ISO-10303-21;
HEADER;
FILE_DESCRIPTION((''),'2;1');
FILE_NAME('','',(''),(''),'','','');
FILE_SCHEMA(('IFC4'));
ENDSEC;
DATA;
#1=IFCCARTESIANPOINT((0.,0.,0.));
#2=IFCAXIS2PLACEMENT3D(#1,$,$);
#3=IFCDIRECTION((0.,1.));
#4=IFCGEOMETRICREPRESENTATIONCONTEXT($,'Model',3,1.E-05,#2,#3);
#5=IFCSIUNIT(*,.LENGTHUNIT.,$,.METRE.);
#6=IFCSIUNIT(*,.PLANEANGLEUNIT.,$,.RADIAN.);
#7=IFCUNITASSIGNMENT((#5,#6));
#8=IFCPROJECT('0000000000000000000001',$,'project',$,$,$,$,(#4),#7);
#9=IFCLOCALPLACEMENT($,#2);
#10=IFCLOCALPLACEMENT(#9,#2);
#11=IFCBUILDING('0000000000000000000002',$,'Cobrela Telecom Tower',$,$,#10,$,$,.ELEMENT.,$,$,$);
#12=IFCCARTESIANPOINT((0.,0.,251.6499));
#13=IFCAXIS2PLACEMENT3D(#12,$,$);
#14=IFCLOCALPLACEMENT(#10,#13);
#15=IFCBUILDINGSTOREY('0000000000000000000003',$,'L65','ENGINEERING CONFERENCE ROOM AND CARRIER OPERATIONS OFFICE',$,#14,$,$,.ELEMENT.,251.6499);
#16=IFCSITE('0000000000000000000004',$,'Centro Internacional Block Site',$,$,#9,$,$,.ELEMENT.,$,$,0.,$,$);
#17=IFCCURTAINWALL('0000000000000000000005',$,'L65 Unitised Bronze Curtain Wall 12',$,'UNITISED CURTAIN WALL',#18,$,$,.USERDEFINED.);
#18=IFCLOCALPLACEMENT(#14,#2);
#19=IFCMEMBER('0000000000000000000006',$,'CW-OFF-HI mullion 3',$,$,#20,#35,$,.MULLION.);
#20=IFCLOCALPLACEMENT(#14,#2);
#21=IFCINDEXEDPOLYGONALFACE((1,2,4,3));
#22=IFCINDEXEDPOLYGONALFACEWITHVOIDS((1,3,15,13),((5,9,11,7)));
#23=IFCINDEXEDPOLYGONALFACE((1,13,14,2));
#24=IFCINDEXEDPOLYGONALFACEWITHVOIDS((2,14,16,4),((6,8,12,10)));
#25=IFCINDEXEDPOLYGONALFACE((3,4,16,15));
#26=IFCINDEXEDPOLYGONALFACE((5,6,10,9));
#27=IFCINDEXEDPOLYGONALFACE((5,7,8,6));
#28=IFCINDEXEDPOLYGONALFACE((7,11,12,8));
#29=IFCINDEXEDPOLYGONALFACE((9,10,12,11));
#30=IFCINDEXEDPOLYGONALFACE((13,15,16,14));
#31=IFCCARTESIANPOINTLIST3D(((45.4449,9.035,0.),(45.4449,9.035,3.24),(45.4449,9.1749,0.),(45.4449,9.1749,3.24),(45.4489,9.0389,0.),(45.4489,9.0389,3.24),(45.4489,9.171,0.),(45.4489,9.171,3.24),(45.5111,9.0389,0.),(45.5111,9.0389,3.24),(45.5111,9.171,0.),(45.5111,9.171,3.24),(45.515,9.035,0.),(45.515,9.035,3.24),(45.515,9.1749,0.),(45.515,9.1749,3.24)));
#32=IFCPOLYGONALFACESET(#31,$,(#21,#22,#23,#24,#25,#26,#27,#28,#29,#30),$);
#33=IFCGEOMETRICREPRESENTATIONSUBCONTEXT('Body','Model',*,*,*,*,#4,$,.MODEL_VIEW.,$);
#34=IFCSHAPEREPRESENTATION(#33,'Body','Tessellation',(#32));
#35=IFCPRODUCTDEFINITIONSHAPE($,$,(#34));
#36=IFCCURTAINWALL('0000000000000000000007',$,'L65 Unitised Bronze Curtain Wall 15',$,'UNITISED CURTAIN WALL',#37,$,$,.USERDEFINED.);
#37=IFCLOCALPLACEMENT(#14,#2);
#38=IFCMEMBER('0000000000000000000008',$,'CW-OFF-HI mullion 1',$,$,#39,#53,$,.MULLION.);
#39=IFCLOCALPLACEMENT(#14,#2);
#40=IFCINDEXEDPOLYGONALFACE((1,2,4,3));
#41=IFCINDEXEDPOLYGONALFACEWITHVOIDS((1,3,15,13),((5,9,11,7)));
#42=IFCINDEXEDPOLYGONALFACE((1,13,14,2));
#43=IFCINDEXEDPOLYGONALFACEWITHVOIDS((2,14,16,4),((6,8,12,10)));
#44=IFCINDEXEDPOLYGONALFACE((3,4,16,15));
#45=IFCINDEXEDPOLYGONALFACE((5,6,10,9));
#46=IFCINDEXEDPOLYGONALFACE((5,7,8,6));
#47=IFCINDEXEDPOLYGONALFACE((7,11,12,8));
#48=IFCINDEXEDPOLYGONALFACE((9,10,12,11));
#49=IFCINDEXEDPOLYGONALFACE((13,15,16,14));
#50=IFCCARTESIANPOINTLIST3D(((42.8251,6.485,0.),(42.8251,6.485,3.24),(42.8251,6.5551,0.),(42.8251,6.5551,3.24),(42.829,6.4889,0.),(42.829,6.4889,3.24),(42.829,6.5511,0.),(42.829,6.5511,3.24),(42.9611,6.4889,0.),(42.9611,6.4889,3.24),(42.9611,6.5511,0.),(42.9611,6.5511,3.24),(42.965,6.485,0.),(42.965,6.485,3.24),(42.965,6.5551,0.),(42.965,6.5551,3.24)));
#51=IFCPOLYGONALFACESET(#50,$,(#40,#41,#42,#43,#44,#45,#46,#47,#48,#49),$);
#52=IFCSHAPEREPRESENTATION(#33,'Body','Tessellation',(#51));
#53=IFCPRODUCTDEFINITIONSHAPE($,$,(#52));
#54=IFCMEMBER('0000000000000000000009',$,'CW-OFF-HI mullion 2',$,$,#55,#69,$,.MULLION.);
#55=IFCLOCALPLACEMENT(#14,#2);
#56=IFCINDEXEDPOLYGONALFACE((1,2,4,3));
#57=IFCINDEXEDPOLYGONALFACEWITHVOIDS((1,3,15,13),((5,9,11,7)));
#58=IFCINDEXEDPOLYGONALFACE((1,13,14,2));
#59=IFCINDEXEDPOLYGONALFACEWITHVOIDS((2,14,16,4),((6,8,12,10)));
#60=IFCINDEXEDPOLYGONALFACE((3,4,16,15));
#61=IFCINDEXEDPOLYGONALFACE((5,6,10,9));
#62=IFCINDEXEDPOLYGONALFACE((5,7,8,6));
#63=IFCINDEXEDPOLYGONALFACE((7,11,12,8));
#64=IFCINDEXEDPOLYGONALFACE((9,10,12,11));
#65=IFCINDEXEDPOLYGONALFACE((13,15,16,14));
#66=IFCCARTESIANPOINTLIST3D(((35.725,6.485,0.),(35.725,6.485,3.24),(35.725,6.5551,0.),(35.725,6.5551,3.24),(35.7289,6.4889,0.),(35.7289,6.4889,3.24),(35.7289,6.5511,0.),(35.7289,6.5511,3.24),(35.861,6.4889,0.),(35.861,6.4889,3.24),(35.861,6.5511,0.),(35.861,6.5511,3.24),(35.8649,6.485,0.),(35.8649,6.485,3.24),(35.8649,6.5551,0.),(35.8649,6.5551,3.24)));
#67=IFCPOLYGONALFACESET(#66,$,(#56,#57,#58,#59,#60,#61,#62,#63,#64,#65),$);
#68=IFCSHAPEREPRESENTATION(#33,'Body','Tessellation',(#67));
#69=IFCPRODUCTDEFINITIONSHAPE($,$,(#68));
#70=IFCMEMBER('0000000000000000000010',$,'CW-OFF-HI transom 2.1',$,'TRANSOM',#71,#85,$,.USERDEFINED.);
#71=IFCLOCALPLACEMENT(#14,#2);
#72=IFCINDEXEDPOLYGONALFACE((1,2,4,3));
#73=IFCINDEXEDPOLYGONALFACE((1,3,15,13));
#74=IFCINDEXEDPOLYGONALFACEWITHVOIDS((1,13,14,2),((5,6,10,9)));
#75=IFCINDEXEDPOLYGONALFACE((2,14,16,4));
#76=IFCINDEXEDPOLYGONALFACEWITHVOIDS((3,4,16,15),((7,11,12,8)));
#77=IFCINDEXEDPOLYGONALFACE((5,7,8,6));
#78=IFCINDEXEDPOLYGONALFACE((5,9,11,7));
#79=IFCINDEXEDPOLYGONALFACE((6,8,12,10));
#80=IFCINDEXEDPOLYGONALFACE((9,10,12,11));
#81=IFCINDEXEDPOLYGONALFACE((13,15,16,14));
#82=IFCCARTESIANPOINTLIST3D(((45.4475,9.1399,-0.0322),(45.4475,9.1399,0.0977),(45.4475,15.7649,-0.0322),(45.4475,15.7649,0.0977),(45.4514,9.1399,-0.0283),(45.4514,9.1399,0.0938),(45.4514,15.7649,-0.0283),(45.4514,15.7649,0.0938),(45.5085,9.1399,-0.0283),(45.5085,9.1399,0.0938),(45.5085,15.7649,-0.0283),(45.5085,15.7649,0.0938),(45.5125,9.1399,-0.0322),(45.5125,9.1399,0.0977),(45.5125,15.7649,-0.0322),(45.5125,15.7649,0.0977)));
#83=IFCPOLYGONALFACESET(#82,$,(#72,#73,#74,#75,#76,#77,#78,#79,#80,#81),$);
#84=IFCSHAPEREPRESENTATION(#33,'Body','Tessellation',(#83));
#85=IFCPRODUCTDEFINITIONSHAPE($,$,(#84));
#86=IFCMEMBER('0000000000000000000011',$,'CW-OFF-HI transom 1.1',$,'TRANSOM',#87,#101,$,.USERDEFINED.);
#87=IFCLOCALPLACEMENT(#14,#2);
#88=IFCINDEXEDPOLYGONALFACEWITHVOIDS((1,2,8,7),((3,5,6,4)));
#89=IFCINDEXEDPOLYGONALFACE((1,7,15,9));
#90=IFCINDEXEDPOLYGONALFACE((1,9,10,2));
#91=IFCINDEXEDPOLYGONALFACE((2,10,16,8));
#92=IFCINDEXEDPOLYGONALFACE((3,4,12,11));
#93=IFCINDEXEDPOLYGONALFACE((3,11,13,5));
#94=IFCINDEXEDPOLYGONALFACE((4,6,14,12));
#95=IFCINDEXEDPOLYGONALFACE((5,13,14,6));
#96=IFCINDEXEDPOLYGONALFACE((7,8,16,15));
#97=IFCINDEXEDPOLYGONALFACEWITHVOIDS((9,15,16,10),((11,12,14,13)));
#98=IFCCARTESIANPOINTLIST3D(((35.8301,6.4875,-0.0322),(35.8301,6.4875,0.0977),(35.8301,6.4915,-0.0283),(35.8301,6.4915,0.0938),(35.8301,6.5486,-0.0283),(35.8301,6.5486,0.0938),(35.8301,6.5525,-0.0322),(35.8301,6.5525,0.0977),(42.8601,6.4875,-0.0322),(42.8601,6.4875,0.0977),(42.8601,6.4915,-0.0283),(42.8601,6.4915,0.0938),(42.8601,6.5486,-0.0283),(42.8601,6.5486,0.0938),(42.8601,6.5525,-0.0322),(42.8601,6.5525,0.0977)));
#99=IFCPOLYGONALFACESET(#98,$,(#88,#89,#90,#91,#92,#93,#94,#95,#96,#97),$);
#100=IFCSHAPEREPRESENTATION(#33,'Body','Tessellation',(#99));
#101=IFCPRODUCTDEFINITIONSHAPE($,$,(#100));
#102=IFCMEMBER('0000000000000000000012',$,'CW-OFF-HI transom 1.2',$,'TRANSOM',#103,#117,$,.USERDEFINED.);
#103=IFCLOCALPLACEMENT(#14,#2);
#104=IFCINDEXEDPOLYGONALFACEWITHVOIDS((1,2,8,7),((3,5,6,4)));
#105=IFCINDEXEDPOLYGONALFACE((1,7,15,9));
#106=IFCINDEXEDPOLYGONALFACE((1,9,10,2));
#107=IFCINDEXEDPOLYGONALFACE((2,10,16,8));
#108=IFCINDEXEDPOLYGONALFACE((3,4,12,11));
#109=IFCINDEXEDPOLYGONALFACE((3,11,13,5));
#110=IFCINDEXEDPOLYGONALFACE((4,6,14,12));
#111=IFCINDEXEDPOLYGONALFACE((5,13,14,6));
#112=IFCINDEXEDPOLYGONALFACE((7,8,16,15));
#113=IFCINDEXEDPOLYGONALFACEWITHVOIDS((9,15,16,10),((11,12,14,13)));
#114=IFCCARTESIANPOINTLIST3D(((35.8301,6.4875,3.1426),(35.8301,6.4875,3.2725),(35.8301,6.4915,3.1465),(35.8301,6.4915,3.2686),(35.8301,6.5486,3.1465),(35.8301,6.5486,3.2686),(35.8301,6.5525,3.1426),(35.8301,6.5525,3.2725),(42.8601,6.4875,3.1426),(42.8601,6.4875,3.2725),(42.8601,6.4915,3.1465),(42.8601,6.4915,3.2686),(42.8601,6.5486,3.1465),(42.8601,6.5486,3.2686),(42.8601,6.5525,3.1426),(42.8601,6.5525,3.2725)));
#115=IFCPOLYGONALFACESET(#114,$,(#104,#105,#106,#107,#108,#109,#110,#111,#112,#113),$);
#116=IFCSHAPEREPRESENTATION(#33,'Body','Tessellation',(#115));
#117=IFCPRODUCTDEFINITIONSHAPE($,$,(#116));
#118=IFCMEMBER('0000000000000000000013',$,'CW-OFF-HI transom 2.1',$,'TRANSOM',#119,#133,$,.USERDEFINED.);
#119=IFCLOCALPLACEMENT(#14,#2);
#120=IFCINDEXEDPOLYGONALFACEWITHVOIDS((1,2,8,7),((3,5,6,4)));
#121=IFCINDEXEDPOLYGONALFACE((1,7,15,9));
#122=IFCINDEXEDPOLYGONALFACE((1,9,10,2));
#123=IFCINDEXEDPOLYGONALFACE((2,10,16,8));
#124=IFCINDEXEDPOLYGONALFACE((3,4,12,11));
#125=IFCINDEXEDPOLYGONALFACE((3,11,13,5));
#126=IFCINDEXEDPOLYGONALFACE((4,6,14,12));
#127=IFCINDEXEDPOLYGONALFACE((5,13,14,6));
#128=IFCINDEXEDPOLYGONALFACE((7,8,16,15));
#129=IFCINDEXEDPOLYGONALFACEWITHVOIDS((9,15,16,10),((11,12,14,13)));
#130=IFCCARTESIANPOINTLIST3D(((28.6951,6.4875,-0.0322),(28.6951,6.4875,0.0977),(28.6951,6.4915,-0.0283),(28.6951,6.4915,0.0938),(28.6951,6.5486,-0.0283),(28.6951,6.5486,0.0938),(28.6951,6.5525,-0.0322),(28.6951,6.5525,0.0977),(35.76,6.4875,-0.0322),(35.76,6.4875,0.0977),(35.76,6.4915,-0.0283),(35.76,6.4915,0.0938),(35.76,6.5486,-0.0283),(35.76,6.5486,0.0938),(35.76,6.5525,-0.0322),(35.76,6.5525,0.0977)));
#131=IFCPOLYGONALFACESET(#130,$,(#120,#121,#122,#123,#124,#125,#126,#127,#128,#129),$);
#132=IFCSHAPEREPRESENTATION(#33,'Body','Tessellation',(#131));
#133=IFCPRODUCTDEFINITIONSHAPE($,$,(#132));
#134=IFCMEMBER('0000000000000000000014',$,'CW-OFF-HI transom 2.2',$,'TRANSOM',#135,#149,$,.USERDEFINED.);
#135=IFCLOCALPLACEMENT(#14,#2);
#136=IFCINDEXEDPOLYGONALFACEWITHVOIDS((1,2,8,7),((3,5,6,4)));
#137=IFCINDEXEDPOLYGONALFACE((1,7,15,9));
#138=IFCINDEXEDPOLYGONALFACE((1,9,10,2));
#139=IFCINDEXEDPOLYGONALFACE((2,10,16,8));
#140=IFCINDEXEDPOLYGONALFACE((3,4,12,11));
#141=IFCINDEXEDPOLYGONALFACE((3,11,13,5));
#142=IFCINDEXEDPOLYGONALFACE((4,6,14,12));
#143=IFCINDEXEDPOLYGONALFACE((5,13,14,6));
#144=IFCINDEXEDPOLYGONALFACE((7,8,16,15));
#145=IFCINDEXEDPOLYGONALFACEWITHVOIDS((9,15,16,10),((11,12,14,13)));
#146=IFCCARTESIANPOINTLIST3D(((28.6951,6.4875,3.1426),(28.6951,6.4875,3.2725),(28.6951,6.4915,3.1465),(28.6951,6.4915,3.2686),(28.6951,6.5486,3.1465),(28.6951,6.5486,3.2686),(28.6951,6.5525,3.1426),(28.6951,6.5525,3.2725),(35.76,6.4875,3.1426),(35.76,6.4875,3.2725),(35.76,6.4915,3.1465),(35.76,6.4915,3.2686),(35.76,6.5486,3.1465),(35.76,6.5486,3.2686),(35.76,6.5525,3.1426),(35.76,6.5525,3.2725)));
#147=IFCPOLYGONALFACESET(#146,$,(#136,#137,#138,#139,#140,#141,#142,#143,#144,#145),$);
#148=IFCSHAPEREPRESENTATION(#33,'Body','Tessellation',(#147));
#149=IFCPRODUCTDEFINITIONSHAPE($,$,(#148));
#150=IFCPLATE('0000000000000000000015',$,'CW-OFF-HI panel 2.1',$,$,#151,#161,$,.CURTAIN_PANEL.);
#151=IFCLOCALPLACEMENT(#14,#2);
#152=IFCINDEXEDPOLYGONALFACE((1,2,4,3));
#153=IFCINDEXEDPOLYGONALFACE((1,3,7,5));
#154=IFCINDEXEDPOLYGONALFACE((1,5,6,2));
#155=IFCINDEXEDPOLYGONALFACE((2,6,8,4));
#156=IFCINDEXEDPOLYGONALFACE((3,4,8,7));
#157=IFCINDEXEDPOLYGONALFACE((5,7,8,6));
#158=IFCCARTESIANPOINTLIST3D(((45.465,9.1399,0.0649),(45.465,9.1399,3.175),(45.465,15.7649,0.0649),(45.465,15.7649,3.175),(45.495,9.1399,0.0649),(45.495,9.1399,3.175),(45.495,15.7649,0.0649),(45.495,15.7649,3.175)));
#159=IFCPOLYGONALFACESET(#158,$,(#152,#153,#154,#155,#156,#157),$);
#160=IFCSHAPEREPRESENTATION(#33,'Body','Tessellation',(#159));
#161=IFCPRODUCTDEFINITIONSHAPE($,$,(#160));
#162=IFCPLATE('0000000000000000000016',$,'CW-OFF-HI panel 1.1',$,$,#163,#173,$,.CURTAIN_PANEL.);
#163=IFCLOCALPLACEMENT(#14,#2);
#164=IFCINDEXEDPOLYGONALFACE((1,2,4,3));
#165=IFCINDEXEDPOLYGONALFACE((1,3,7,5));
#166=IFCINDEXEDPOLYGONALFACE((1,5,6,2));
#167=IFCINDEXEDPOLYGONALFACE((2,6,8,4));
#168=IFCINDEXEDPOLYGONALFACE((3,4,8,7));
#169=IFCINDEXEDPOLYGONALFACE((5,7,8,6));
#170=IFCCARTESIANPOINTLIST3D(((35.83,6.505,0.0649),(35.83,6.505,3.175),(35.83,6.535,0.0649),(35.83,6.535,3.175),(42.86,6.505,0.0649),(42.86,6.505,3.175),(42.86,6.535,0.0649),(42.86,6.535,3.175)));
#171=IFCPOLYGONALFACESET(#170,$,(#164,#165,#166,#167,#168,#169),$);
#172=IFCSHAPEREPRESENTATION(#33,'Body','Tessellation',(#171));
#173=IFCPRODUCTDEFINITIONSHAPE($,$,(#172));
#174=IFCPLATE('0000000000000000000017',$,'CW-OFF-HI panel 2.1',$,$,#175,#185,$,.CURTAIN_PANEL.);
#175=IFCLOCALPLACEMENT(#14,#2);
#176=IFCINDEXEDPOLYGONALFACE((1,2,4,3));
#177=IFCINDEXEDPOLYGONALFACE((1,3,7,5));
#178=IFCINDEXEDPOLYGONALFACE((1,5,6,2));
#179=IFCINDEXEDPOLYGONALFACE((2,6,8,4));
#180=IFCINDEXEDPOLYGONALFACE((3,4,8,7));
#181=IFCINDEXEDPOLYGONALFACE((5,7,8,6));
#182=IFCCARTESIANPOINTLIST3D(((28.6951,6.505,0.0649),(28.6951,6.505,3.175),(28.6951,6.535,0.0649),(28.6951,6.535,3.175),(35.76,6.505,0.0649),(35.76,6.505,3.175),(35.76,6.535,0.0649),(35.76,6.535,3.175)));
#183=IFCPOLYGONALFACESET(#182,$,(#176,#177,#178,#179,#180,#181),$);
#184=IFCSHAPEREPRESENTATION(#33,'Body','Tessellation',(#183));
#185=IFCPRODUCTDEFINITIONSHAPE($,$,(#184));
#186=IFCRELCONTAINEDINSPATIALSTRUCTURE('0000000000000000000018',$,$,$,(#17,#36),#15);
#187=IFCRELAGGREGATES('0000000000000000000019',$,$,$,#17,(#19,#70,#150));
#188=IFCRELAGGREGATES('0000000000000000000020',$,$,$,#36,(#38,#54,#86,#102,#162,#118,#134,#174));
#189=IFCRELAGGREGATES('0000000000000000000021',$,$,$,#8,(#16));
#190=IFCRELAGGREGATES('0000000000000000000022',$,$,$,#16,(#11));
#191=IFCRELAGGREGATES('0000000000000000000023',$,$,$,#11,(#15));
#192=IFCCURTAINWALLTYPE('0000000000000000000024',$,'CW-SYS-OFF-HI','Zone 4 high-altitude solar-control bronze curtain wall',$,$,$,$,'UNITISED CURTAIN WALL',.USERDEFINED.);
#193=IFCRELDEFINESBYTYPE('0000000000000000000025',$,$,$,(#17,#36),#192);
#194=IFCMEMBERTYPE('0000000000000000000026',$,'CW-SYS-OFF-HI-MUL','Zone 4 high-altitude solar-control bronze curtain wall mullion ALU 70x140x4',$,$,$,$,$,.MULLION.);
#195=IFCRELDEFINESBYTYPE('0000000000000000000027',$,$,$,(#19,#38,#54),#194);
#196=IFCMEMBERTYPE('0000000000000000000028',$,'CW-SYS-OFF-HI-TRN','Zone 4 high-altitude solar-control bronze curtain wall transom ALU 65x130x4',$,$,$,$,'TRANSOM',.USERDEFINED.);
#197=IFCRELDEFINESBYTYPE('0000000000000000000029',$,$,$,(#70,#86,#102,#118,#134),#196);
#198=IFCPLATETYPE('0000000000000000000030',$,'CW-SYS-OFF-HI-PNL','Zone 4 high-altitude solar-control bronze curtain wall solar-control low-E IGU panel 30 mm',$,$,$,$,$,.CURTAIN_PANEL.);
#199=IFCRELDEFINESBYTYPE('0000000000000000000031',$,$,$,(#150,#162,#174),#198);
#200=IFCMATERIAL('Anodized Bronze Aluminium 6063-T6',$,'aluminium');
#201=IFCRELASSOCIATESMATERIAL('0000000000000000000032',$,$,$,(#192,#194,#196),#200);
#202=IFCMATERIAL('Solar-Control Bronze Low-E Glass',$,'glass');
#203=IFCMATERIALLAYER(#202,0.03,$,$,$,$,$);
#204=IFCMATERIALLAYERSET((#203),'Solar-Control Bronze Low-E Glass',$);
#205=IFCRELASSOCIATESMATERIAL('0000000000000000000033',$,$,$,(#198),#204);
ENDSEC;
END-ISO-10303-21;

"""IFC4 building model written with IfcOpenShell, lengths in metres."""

from ifc_helpers import new_model, si_unit, direction, frame, origin, origin_2d, place, context, subcontext, project, spatial, rectangle, hollow_rectangle, extrude, material, layer, layer_set, material_profile, profile_set, type_object, element, aggregate, save


model = new_model("IFC4")

# Units and contexts
model_context = context("Model", 3, precision=1e-05, world=origin(), true_north=direction((0.0, 1.0)))
body_context = subcontext(model_context, "Body", "Model", "MODEL_VIEW")
ifc_project = project(units=[si_unit("LENGTHUNIT", "METRE"), si_unit("PLANEANGLEUNIT", "RADIAN")], contexts=[model_context])

# Site, building, storey
site_placement = place(None, origin())
site = spatial("IfcSite", under=ifc_project, at=site_placement, Name="Centro Internacional Block Site", CompositionType="ELEMENT", RefElevation=0.0)
building_placement = place(site_placement, origin())
building = spatial("IfcBuilding", under=site, at=building_placement, Name="Cobrela Telecom Tower", CompositionType="ELEMENT")
storey_placement = place(building_placement, frame((0.0, 0.0, 251.6499)))
storey = spatial("IfcBuildingStorey", under=building, at=storey_placement, Name="L65", Description="ENGINEERING CONFERENCE ROOM AND CARRIER OPERATIONS OFFICE", CompositionType="ELEMENT", Elevation=251.6499)

# Curtain wall, member
ifc_material_1 = material(Name="Anodized Bronze Aluminium 6063-T6", Category="aluminium")
curtain_wall_type = type_object("IfcCurtainWallType", Name="CW-SYS-OFF-HI", Description="Zone 4 high-altitude solar-control bronze curtain wall", ElementType="UNITISED CURTAIN WALL", PredefinedType="USERDEFINED", material=ifc_material_1)
curtain_wall_1_placement = place(storey_placement, origin())
curtain_wall_1 = element("IfcCurtainWall", 1, at=curtain_wall_1_placement, inside=storey, type_object=curtain_wall_type, Name="L65 Unitised Bronze Curtain Wall 12", ObjectType="UNITISED CURTAIN WALL", PredefinedType="USERDEFINED")
ifc_material_profile_1 = material_profile(ifc_material_1, hollow_rectangle(XDim=0.0701, YDim=0.1399, WallThickness=0.0039, at=origin_2d()), Name="ALU 70x140x4")
ifc_profile_set_1 = profile_set([ifc_material_profile_1], Name="Anodized Bronze Aluminium 6063-T6")
member_type_1 = type_object("IfcMemberType", Name="CW-SYS-OFF-HI-MUL", Description="Zone 4 high-altitude solar-control bronze curtain wall mullion ALU 70x140x4", PredefinedType="MULLION", material=ifc_profile_set_1)
member_1_placement = place(storey_placement, frame((45.48, 9.105, 0.0), z_axis=(0.0, 0.0, 1.0), x_axis=(1.0, 0.0, 0.0)))
member_1 = element("IfcMember", 2, at=member_1_placement, type_object=member_type_1, Name="CW-OFF-HI mullion 3", PredefinedType="MULLION", context=body_context, shape_type="SweptSolid", body=[
    extrude(hollow_rectangle(XDim=0.0701, YDim=0.1399, WallThickness=0.0039, at=origin_2d()), origin(), (0.0, 0.0, 1.0), 3.24),
])

# Curtain wall, members
curtain_wall_2_placement = place(storey_placement, origin())
curtain_wall_2 = element("IfcCurtainWall", 3, at=curtain_wall_2_placement, inside=storey, type_object=curtain_wall_type, Name="L65 Unitised Bronze Curtain Wall 15", ObjectType="UNITISED CURTAIN WALL", PredefinedType="USERDEFINED")
member_2_placement = place(storey_placement, frame((42.895, 6.52, 0.0), z_axis=(0.0, 0.0, 1.0), x_axis=(0.0, -1.0, 0.0)))
member_2 = element("IfcMember", 4, at=member_2_placement, type_object=member_type_1, Name="CW-OFF-HI mullion 1", PredefinedType="MULLION", context=body_context, shape_type="SweptSolid", body=[
    extrude(hollow_rectangle(XDim=0.0701, YDim=0.1399, WallThickness=0.0039, at=origin_2d()), origin(), (0.0, 0.0, 1.0), 3.24),
])
member_3_placement = place(storey_placement, frame((35.7949, 6.52, 0.0), z_axis=(0.0, 0.0, 1.0), x_axis=(0.0, -1.0, 0.0)))
member_3 = element("IfcMember", 5, at=member_3_placement, type_object=member_type_1, Name="CW-OFF-HI mullion 2", PredefinedType="MULLION", context=body_context, shape_type="SweptSolid", body=[
    extrude(hollow_rectangle(XDim=0.0701, YDim=0.1399, WallThickness=0.0039, at=origin_2d()), origin(), (0.0, 0.0, 1.0), 3.24),
])

# Members
ifc_material_profile_2 = material_profile(ifc_material_1, hollow_rectangle(XDim=0.0649, YDim=0.1299, WallThickness=0.0039, at=origin_2d()), Name="ALU 65x130x4")
ifc_profile_set_2 = profile_set([ifc_material_profile_2], Name="Anodized Bronze Aluminium 6063-T6")
member_type_2 = type_object("IfcMemberType", Name="CW-SYS-OFF-HI-TRN", Description="Zone 4 high-altitude solar-control bronze curtain wall transom ALU 65x130x4", ElementType="TRANSOM", PredefinedType="USERDEFINED", material=ifc_profile_set_2)
member_4_placement = place(storey_placement, frame((45.48, 15.7649, 0.0327), z_axis=(0.0, -1.0, 0.0), x_axis=(1.0, 0.0, 0.0)))
member_4 = element("IfcMember", 6, at=member_4_placement, type_object=member_type_2, Name="CW-OFF-HI transom 2.1", ObjectType="TRANSOM", PredefinedType="USERDEFINED", context=body_context, shape_type="SweptSolid", body=[
    extrude(hollow_rectangle(XDim=0.0649, YDim=0.1299, WallThickness=0.0039, at=origin_2d()), origin(), (0.0, 0.0, 1.0), 6.625),
])
member_5_placement = place(storey_placement, frame((42.8601, 6.52, 0.0327), z_axis=(-1.0, 0.0, 0.0), x_axis=(0.0, -1.0, 0.0)))
member_5 = element("IfcMember", 7, at=member_5_placement, type_object=member_type_2, Name="CW-OFF-HI transom 1.1", ObjectType="TRANSOM", PredefinedType="USERDEFINED", context=body_context, shape_type="SweptSolid", body=[
    extrude(hollow_rectangle(XDim=0.0649, YDim=0.1299, WallThickness=0.0039, at=origin_2d()), origin(), (0.0, 0.0, 1.0), 7.03),
])
member_6_placement = place(storey_placement, frame((42.8601, 6.52, 3.2075), z_axis=(-1.0, 0.0, 0.0), x_axis=(0.0, -1.0, 0.0)))
member_6 = element("IfcMember", 8, at=member_6_placement, type_object=member_type_2, Name="CW-OFF-HI transom 1.2", ObjectType="TRANSOM", PredefinedType="USERDEFINED", context=body_context, shape_type="SweptSolid", body=[
    extrude(hollow_rectangle(XDim=0.0649, YDim=0.1299, WallThickness=0.0039, at=origin_2d()), origin(), (0.0, 0.0, 1.0), 7.03),
])
member_7_placement = place(storey_placement, frame((35.76, 6.52, 0.0327), z_axis=(-1.0, 0.0, 0.0), x_axis=(0.0, -1.0, 0.0)))
member_7 = element("IfcMember", 9, at=member_7_placement, type_object=member_type_2, Name="CW-OFF-HI transom 2.1", ObjectType="TRANSOM", PredefinedType="USERDEFINED", context=body_context, shape_type="SweptSolid", body=[
    extrude(hollow_rectangle(XDim=0.0649, YDim=0.1299, WallThickness=0.0039, at=origin_2d()), origin(), (0.0, 0.0, 1.0), 7.0649),
])
member_8_placement = place(storey_placement, frame((35.76, 6.52, 3.2075), z_axis=(-1.0, 0.0, 0.0), x_axis=(0.0, -1.0, 0.0)))
member_8 = element("IfcMember", 10, at=member_8_placement, type_object=member_type_2, Name="CW-OFF-HI transom 2.2", ObjectType="TRANSOM", PredefinedType="USERDEFINED", context=body_context, shape_type="SweptSolid", body=[
    extrude(hollow_rectangle(XDim=0.0649, YDim=0.1299, WallThickness=0.0039, at=origin_2d()), origin(), (0.0, 0.0, 1.0), 7.0649),
])

# Plates
ifc_material_2 = material(Name="Solar-Control Bronze Low-E Glass", Category="glass")
ifc_layer_1 = layer(ifc_material_2, 0.03)
ifc_layer_set_1 = layer_set([ifc_layer_1], Name="Solar-Control Bronze Low-E Glass")
plate_type = type_object("IfcPlateType", Name="CW-SYS-OFF-HI-PNL", Description="Zone 4 high-altitude solar-control bronze curtain wall solar-control low-E IGU panel 30 mm", PredefinedType="CURTAIN_PANEL", material=ifc_layer_set_1)
plate_1_placement = place(storey_placement, frame((45.48, 12.4524, 0.0649), z_axis=(0.0, 0.0, 1.0), x_axis=(0.0, -1.0, 0.0)))
plate_1 = element("IfcPlate", 11, at=plate_1_placement, type_object=plate_type, Name="CW-OFF-HI panel 2.1", PredefinedType="CURTAIN_PANEL", context=body_context, shape_type="SweptSolid", body=[
    extrude(rectangle(XDim=6.625, YDim=0.03, at=origin_2d()), origin(), (0.0, 0.0, 1.0), 3.1101),
])
aggregate(curtain_wall_1, [member_1, member_4, plate_1])
plate_2_placement = place(storey_placement, frame((39.345, 6.52, 0.0649), z_axis=(0.0, 0.0, 1.0), x_axis=(-1.0, 0.0, 0.0)))
plate_2 = element("IfcPlate", 12, at=plate_2_placement, type_object=plate_type, Name="CW-OFF-HI panel 1.1", PredefinedType="CURTAIN_PANEL", context=body_context, shape_type="SweptSolid", body=[
    extrude(rectangle(XDim=7.03, YDim=0.03, at=origin_2d()), origin(), (0.0, 0.0, 1.0), 3.1101),
])
plate_3_placement = place(storey_placement, frame((32.2275, 6.52, 0.0649), z_axis=(0.0, 0.0, 1.0), x_axis=(-1.0, 0.0, 0.0)))
plate_3 = element("IfcPlate", 13, at=plate_3_placement, type_object=plate_type, Name="CW-OFF-HI panel 2.1", PredefinedType="CURTAIN_PANEL", context=body_context, shape_type="SweptSolid", body=[
    extrude(rectangle(XDim=7.0649, YDim=0.03, at=origin_2d()), origin(), (0.0, 0.0, 1.0), 3.1101),
])
aggregate(curtain_wall_2, [member_2, member_3, member_5, member_6, plate_2, member_7, member_8, plate_3])

save(model, "model.ifc")
